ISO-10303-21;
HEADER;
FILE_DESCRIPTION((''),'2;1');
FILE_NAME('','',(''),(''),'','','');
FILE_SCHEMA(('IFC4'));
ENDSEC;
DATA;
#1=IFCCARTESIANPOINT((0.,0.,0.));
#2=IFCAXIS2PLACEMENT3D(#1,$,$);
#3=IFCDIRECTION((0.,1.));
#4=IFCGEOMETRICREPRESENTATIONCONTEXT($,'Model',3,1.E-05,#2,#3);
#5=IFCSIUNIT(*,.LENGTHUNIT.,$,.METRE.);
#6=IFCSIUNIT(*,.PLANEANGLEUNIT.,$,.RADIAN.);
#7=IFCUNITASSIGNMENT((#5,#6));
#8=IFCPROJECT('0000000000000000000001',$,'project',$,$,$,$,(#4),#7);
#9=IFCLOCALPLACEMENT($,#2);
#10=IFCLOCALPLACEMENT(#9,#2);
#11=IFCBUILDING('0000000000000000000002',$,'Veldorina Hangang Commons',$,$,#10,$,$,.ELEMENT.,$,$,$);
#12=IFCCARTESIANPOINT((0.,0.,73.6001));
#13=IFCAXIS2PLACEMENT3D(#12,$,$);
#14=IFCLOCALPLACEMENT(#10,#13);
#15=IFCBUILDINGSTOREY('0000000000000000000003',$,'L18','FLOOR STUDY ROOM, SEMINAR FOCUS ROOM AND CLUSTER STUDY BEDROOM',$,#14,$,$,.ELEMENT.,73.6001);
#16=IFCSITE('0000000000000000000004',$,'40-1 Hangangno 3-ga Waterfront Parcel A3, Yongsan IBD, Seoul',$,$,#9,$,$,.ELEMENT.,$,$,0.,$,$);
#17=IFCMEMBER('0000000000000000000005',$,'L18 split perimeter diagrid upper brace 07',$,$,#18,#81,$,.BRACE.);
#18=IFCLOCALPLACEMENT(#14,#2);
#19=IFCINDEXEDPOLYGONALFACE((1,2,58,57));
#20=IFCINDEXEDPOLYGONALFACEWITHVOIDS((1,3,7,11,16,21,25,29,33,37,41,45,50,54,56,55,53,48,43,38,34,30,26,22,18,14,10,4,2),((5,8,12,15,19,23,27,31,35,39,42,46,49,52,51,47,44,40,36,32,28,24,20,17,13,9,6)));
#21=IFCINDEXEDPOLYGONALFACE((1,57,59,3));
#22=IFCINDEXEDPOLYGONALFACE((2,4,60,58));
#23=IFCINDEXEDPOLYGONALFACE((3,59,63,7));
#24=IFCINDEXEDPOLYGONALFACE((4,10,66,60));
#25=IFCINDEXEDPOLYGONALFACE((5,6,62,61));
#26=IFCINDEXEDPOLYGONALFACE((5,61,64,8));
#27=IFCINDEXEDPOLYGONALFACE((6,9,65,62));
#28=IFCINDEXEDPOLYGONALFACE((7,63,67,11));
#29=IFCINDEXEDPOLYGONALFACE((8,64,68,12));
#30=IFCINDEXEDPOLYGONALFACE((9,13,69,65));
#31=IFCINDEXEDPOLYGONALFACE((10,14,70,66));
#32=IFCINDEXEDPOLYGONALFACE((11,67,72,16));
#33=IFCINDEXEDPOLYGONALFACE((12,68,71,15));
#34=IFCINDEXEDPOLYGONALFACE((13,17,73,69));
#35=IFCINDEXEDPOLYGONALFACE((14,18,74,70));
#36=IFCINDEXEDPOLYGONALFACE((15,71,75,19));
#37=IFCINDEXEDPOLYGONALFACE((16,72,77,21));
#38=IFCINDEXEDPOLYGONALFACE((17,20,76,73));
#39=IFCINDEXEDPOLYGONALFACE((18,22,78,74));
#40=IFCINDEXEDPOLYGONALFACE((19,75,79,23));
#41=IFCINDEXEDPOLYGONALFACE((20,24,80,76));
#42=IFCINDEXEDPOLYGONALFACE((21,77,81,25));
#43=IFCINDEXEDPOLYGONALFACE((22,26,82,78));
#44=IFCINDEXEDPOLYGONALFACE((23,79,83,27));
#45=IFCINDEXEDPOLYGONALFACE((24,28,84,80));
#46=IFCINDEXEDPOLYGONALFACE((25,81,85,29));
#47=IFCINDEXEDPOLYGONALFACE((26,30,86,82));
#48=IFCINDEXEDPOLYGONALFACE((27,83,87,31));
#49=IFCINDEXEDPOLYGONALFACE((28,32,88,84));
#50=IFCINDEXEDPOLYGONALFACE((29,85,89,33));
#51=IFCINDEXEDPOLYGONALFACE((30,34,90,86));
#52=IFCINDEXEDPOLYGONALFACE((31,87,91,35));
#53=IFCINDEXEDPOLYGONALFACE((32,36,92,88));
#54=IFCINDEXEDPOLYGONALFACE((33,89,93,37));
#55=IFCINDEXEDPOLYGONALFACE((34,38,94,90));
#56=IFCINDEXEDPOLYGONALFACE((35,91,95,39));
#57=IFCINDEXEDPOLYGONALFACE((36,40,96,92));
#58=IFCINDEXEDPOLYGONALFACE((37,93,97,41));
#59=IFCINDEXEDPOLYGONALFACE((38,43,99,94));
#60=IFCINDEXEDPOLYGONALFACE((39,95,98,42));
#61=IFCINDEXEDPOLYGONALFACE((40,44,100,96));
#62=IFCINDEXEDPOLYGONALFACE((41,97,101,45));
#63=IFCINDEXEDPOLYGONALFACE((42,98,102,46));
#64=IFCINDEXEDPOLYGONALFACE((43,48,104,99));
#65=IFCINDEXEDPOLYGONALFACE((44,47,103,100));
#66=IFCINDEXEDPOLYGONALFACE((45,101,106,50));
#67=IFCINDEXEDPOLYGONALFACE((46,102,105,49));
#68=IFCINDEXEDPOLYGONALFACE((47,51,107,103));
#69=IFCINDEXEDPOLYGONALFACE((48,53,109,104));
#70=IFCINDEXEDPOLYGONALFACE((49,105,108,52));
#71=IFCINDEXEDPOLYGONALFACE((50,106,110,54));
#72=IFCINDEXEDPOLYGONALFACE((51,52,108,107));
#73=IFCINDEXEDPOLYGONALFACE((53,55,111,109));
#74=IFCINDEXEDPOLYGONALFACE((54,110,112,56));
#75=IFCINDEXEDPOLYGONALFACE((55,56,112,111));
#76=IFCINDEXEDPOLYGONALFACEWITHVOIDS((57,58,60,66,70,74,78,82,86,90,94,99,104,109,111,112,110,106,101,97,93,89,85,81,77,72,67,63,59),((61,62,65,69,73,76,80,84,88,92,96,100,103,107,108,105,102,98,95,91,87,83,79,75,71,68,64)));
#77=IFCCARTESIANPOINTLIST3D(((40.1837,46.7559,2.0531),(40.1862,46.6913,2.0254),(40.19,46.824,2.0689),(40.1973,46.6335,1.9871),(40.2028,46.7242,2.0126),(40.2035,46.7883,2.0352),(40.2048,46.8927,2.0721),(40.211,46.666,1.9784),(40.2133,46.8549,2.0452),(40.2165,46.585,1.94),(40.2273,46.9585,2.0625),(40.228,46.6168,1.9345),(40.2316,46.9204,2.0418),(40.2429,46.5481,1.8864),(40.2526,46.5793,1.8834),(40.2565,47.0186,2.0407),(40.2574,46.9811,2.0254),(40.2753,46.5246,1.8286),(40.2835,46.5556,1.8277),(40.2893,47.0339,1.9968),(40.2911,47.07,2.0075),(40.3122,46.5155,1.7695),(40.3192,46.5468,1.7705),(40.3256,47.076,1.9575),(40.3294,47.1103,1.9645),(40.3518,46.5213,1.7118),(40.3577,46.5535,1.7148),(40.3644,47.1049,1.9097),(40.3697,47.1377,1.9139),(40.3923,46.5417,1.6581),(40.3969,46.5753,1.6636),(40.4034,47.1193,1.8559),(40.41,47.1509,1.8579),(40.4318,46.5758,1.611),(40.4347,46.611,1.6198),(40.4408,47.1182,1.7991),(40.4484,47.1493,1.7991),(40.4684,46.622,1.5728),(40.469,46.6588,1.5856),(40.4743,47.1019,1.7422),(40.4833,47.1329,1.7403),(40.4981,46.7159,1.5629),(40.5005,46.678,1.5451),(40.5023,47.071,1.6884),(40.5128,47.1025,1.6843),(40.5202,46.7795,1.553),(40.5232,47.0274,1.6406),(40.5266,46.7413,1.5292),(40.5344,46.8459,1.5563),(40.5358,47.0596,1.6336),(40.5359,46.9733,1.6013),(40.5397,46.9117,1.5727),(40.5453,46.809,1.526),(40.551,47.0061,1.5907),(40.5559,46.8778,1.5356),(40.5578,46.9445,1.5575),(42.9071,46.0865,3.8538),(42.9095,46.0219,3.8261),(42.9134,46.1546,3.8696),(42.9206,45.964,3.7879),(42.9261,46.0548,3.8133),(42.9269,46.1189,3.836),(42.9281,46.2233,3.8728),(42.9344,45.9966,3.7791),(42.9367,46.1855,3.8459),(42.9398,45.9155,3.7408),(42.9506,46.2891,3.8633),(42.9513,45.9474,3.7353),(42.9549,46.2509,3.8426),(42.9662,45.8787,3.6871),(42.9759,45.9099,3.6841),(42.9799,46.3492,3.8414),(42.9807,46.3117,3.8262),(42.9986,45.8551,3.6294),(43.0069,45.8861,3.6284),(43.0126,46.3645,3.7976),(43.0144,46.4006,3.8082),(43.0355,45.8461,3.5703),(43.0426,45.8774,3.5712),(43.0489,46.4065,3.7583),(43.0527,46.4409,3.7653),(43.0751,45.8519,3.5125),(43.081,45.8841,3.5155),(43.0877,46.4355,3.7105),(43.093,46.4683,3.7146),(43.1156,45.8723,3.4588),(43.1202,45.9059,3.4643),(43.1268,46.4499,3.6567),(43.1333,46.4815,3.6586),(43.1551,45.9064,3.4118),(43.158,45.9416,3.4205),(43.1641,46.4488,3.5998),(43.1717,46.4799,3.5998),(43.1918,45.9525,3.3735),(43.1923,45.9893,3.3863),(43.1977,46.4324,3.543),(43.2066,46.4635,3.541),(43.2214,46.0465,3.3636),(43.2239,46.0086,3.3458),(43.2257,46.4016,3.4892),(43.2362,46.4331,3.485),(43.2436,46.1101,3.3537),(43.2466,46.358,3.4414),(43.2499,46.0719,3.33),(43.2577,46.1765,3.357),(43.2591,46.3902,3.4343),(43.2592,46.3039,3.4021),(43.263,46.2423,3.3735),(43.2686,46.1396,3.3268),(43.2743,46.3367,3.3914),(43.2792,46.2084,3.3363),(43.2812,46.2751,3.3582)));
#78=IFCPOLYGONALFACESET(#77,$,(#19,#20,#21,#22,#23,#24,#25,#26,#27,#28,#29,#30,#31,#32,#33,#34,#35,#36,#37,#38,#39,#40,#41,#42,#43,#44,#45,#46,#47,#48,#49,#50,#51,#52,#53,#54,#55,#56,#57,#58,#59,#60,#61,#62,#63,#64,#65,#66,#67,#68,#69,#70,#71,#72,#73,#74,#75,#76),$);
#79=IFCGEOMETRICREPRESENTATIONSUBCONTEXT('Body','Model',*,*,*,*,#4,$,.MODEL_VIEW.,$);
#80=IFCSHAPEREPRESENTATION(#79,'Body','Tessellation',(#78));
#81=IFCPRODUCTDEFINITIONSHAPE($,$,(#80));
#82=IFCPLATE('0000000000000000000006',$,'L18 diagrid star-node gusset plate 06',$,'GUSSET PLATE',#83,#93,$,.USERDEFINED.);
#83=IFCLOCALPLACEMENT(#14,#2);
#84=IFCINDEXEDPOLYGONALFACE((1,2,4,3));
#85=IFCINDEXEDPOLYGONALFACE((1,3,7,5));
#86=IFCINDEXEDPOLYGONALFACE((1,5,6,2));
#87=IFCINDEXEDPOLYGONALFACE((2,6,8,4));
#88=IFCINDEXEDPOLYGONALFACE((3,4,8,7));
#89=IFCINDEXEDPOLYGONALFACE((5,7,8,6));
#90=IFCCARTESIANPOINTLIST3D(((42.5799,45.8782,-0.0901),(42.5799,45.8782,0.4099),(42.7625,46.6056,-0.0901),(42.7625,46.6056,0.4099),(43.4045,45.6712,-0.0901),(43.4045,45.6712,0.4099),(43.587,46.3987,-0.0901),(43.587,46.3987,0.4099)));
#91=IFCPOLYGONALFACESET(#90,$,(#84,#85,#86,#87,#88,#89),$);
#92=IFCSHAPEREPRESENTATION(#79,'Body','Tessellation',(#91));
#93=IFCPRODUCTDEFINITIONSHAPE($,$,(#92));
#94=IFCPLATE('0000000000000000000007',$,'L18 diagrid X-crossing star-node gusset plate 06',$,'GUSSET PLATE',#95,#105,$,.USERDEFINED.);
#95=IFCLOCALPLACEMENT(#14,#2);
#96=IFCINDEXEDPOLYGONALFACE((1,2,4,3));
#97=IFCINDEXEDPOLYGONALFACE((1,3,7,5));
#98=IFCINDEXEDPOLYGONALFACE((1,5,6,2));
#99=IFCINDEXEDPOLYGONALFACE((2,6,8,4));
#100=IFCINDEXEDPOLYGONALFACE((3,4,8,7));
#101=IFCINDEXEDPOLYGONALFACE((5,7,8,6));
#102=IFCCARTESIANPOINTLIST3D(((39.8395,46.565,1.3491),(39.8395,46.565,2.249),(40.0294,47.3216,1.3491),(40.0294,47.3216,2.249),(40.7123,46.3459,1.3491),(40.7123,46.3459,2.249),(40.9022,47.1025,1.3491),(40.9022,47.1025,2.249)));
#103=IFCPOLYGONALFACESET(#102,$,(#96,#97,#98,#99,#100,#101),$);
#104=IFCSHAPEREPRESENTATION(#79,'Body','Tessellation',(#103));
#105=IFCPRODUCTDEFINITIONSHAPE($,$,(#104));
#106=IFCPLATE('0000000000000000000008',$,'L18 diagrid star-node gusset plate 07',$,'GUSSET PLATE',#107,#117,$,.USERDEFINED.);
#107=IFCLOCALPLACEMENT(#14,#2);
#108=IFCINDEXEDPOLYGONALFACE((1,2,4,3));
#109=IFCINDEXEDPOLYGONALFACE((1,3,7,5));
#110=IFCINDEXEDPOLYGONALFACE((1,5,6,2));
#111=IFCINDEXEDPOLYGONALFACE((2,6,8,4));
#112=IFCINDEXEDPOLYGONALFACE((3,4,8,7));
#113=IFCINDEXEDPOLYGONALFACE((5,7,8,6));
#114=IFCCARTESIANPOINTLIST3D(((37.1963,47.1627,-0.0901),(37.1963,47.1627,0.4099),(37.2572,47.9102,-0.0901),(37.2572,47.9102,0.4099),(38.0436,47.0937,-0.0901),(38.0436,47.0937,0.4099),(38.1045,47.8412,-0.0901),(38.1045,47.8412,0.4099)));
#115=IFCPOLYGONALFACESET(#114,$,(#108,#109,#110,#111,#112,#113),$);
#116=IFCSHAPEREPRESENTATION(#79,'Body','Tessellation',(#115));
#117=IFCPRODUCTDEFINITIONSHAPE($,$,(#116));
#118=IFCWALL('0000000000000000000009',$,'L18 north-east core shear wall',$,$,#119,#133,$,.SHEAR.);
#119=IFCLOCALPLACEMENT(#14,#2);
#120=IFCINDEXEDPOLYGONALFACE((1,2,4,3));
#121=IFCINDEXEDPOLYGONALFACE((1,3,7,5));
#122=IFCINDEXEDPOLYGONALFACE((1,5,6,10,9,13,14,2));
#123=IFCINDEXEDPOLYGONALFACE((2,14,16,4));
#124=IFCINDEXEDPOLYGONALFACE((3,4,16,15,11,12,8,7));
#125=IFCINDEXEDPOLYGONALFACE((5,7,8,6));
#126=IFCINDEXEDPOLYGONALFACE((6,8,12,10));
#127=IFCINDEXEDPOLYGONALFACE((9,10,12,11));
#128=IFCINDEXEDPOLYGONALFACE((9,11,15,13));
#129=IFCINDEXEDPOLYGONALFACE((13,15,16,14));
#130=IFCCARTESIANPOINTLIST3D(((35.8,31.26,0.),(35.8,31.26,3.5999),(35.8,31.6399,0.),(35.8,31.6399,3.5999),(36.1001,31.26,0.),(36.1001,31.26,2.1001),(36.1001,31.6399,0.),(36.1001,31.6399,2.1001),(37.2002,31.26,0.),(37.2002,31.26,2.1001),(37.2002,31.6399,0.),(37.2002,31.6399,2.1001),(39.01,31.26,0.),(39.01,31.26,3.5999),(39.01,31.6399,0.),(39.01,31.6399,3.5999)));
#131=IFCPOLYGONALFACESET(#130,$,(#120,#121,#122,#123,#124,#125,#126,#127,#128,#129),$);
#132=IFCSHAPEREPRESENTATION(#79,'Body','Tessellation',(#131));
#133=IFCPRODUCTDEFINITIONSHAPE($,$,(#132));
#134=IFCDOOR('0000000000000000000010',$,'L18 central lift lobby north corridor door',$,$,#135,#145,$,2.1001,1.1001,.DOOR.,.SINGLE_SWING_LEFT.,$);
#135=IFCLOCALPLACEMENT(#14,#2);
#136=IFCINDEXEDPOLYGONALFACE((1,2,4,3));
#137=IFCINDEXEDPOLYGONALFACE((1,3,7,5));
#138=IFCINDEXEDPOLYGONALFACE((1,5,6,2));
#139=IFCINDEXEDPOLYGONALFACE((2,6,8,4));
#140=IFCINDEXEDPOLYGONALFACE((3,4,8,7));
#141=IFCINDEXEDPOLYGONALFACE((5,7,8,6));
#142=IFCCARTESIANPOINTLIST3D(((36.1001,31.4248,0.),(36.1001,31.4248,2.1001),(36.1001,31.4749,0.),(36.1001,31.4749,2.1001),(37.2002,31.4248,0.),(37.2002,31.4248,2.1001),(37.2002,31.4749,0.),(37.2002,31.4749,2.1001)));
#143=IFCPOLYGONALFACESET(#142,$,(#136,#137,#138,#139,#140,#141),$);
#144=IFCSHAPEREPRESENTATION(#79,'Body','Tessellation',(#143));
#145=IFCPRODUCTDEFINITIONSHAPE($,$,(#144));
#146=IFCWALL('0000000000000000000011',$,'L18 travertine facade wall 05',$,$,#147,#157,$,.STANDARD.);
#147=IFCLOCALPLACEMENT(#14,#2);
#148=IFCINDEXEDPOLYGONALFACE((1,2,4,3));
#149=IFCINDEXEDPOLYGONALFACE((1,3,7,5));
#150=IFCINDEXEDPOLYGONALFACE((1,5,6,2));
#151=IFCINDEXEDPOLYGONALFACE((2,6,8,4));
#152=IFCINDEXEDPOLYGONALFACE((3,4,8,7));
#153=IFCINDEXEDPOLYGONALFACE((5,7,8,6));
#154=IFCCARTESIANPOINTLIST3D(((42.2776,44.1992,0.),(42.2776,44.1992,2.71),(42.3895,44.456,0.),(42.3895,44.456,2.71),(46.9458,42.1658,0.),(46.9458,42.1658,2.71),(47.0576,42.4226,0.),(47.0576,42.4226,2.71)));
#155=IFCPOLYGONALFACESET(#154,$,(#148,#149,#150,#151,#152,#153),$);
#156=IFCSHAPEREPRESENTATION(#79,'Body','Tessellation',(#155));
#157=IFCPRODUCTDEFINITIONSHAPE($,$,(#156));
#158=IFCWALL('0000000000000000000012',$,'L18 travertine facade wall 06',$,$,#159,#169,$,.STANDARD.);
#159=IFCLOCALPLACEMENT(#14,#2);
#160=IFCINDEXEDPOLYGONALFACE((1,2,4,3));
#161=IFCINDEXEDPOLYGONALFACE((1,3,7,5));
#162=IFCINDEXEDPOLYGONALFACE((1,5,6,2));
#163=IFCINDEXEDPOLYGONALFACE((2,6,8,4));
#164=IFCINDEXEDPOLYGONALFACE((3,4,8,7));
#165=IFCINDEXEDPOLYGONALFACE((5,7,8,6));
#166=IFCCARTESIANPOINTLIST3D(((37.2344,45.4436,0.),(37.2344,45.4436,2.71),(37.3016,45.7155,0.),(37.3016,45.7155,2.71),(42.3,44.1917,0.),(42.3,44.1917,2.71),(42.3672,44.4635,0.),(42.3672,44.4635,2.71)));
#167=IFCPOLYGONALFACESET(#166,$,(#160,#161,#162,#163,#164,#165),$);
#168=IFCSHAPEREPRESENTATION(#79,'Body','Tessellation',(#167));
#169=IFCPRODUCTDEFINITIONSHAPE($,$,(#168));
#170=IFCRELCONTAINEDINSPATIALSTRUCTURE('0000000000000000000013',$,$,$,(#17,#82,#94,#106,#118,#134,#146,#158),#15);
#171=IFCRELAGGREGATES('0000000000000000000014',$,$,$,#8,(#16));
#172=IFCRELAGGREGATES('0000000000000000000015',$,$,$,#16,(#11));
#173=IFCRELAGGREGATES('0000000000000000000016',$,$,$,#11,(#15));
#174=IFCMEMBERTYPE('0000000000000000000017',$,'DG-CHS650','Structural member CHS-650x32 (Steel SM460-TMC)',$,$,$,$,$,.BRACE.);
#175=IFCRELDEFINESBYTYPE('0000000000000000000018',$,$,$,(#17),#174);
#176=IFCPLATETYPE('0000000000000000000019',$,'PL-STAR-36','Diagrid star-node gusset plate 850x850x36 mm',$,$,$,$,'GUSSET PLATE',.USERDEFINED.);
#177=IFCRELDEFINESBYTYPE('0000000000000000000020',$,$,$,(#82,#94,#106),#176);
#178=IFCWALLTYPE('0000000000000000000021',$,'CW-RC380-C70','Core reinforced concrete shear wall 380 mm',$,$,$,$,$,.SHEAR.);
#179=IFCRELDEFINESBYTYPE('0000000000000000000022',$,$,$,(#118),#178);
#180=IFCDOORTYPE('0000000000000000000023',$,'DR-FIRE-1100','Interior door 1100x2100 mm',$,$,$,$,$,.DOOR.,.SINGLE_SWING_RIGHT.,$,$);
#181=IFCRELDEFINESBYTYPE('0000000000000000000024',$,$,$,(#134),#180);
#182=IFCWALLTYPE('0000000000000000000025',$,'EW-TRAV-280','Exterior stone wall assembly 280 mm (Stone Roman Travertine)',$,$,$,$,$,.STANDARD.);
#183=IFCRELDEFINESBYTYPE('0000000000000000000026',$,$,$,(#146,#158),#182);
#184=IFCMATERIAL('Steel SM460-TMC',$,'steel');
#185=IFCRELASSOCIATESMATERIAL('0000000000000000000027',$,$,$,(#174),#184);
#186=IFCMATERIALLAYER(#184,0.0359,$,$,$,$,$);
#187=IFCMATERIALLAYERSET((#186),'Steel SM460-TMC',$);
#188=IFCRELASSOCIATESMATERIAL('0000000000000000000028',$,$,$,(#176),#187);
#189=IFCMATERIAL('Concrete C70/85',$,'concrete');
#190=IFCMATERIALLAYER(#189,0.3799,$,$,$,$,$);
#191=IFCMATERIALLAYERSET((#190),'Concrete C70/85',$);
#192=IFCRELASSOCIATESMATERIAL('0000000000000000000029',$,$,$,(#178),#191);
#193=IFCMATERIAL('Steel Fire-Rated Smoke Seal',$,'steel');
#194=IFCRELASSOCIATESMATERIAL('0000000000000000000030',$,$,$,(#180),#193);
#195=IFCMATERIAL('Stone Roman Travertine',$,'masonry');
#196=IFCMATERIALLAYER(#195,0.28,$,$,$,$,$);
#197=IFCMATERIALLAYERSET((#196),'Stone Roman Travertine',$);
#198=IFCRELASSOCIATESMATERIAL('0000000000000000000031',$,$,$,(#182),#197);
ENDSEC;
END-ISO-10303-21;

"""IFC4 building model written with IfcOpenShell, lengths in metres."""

from ifc_helpers import new_model, si_unit, direction, frame, frame_2d, origin, origin_2d, place, context, subcontext, project, spatial, rectangle, hollow_circle, extrude, material, layer, layer_set, material_profile, profile_set, type_object, element, fill, save


model = new_model("IFC4")

# Units and contexts
model_context = context("Model", 3, precision=1e-05, world=origin(), true_north=direction((0.0, 1.0)))
body_context = subcontext(model_context, "Body", "Model", "MODEL_VIEW")
ifc_project = project(units=[si_unit("LENGTHUNIT", "METRE"), si_unit("PLANEANGLEUNIT", "RADIAN")], contexts=[model_context])

# Site, building, storey
site_placement = place(None, origin())
site = spatial("IfcSite", under=ifc_project, at=site_placement, Name="40-1 Hangangno 3-ga Waterfront Parcel A3, Yongsan IBD, Seoul", CompositionType="ELEMENT", RefElevation=0.0)
building_placement = place(site_placement, origin())
building = spatial("IfcBuilding", under=site, at=building_placement, Name="Veldorina Hangang Commons", CompositionType="ELEMENT")
storey_placement = place(building_placement, frame((0.0, 0.0, 73.6001)))
storey = spatial("IfcBuildingStorey", under=building, at=storey_placement, Name="L18", Description="FLOOR STUDY ROOM, SEMINAR FOCUS ROOM AND CLUSTER STUDY BEDROOM", CompositionType="ELEMENT", Elevation=73.6001)

# Member
ifc_material_1 = material(Name="Steel SM460-TMC", Category="steel")
ifc_material_profile_1 = material_profile(ifc_material_1, hollow_circle(Radius=0.325, WallThickness=0.032, at=origin_2d()), Name="CHS-650x32")
ifc_profile_set_1 = profile_set([ifc_material_profile_1], Name="Steel SM460-TMC")
member_type = type_object("IfcMemberType", Name="DG-CHS650", Description="Structural member CHS-650x32 (Steel SM460-TMC)", PredefinedType="BRACE", material=ifc_profile_set_1)
member_1_placement = place(storey_placement, frame((40.3708, 46.8337, 1.7991), z_axis=(0.817138, -0.20086, 0.540315), x_axis=(0.238703, 0.971093, 0.0)))
element("IfcMember", 1, at=member_1_placement, inside=storey, type_object=member_type, Name="L18 split perimeter diagrid upper brace 07", PredefinedType="BRACE", context=body_context, shape_type="SweptSolid", body=[
    extrude(hollow_circle(Radius=0.325, WallThickness=0.032, at=origin_2d()), origin(), (0.0, 0.0, 1.0), 3.3328),
])

# Plates
ifc_layer_1 = layer(ifc_material_1, 0.0359)
ifc_layer_set_1 = layer_set([ifc_layer_1], Name="Steel SM460-TMC")
plate_type = type_object("IfcPlateType", Name="PL-STAR-36", Description="Diagrid star-node gusset plate 850x850x36 mm", ElementType="GUSSET PLATE", PredefinedType="USERDEFINED", material=ifc_layer_set_1)
plate_1_placement = place(storey_placement, frame((43.0835, 46.1384, -0.0901), z_axis=(0.0, 0.0, 1.0), x_axis=(-0.969919, 0.243429, 0.0)))
element("IfcPlate", 2, at=plate_1_placement, inside=storey, type_object=plate_type, Name="L18 diagrid star-node gusset plate 06", ObjectType="GUSSET PLATE", PredefinedType="USERDEFINED", context=body_context, shape_type="SweptSolid", body=[
    extrude(rectangle(XDim=0.8501, YDim=0.75, at=origin_2d()), origin(), (0.0, 0.0, 1.0), 0.5),
])
plate_2_placement = place(storey_placement, frame((40.3708, 46.8337, 1.3491), z_axis=(0.0, 0.0, 1.0), x_axis=(-0.969919, 0.243429, 0.0)))
element("IfcPlate", 3, at=plate_2_placement, inside=storey, type_object=plate_type, Name="L18 diagrid X-crossing star-node gusset plate 06", ObjectType="GUSSET PLATE", PredefinedType="USERDEFINED", context=body_context, shape_type="SweptSolid", body=[
    extrude(rectangle(XDim=0.8999, YDim=0.78, at=origin_2d()), origin(), (0.0, 0.0, 1.0), 0.8999),
])
plate_3_placement = place(storey_placement, frame((37.6504, 47.502, -0.0901), z_axis=(0.0, 0.0, 1.0), x_axis=(-0.996697, 0.081208, 0.0)))
element("IfcPlate", 4, at=plate_3_placement, inside=storey, type_object=plate_type, Name="L18 diagrid star-node gusset plate 07", ObjectType="GUSSET PLATE", PredefinedType="USERDEFINED", context=body_context, shape_type="SweptSolid", body=[
    extrude(rectangle(XDim=0.8501, YDim=0.75, at=origin_2d()), origin(), (0.0, 0.0, 1.0), 0.5),
])

# Wall, opening, door
ifc_material_2 = material(Name="Concrete C70/85", Category="concrete")
ifc_layer_2 = layer(ifc_material_2, 0.3799)
ifc_layer_set_2 = layer_set([ifc_layer_2], Name="Concrete C70/85")
wall_type_1 = type_object("IfcWallType", Name="CW-RC380-C70", Description="Core reinforced concrete shear wall 380 mm", PredefinedType="SHEAR", material=ifc_layer_set_2)
wall_1_placement = place(storey_placement, frame((35.8, 31.45, 0.0), z_axis=(0.0, 0.0, 1.0), x_axis=(1.0, 0.0, 0.0)))
wall_1 = element("IfcWall", 5, at=wall_1_placement, inside=storey, type_object=wall_type_1, Name="L18 north-east core shear wall", PredefinedType="SHEAR", context=body_context, shape_type="SweptSolid", body=[
    extrude(rectangle(XDim=3.21, YDim=0.3799, at=frame_2d((1.605, 0.0))), origin(), (0.0, 0.0, 1.0), 3.5999),
])
opening_1_placement = place(wall_1_placement, frame((0.3, 0.0, 0.0)))
opening_1 = element("IfcOpeningElement", 6, at=opening_1_placement, cuts=wall_1, PredefinedType="OPENING", context=body_context, shape_type="SweptSolid", body=[
    extrude(rectangle(XDim=1.1001, YDim=2.1001, at=frame_2d((0.55, 1.05))), frame((0.0, 0.2, 0.0), z_axis=(0.0, -1.0, 0.0), x_axis=(1.0, 0.0, 0.0)), (0.0, 0.0, 1.0), 0.3999),
])
ifc_material_3 = material(Name="Steel Fire-Rated Smoke Seal", Category="steel")
door_type_1 = type_object("IfcDoorType", Name="DR-FIRE-1100", Description="Interior door 1100x2100 mm", OperationType="SINGLE_SWING_RIGHT", PredefinedType="DOOR", material=ifc_material_3)
door_1_placement = place(opening_1_placement, origin())
door_1 = element("IfcDoor", 7, at=door_1_placement, inside=storey, type_object=door_type_1, Name="L18 central lift lobby north corridor door", OperationType="SINGLE_SWING_LEFT", OverallHeight=2.1001, OverallWidth=1.1001, PredefinedType="DOOR", context=body_context, shape_type="SweptSolid", body=[
    extrude(rectangle(XDim=1.1001, YDim=2.1001, at=frame_2d((0.55, 1.05))), frame((0.0, 0.0249, 0.0), z_axis=(0.0, -1.0, 0.0), x_axis=(1.0, 0.0, 0.0)), (0.0, 0.0, 1.0), 0.05),
])
fill(opening_1, door_1)

# Walls
ifc_material_4 = material(Name="Stone Roman Travertine", Category="masonry")
ifc_layer_3 = layer(ifc_material_4, 0.28)
ifc_layer_set_3 = layer_set([ifc_layer_3], Name="Stone Roman Travertine")
wall_type_2 = type_object("IfcWallType", Name="EW-TRAV-280", Description="Exterior stone wall assembly 280 mm (Stone Roman Travertine)", PredefinedType="STANDARD", material=ifc_layer_set_3)
wall_2_placement = place(storey_placement, frame((47.0017, 42.2942, 0.0), z_axis=(0.0, 0.0, 1.0), x_axis=(-0.916798, 0.399352, 0.0)))
element("IfcWall", 8, at=wall_2_placement, inside=storey, type_object=wall_type_2, Name="L18 travertine facade wall 05", PredefinedType="STANDARD", context=body_context, shape_type="SweptSolid", body=[
    extrude(rectangle(XDim=5.0918, YDim=0.28, at=frame_2d((2.5459, 0.0))), origin(), (0.0, 0.0, 1.0), 2.71),
])
wall_3_placement = place(storey_placement, frame((42.3335, 44.3276, 0.0), z_axis=(0.0, 0.0, 1.0), x_axis=(-0.970791, 0.239926, 0.0)))
element("IfcWall", 9, at=wall_3_placement, inside=storey, type_object=wall_type_2, Name="L18 travertine facade wall 06", PredefinedType="STANDARD", context=body_context, shape_type="SweptSolid", body=[
    extrude(rectangle(XDim=5.218, YDim=0.28, at=frame_2d((2.6089, 0.0))), origin(), (0.0, 0.0, 1.0), 2.71),
])

save(model, "model.ifc")
